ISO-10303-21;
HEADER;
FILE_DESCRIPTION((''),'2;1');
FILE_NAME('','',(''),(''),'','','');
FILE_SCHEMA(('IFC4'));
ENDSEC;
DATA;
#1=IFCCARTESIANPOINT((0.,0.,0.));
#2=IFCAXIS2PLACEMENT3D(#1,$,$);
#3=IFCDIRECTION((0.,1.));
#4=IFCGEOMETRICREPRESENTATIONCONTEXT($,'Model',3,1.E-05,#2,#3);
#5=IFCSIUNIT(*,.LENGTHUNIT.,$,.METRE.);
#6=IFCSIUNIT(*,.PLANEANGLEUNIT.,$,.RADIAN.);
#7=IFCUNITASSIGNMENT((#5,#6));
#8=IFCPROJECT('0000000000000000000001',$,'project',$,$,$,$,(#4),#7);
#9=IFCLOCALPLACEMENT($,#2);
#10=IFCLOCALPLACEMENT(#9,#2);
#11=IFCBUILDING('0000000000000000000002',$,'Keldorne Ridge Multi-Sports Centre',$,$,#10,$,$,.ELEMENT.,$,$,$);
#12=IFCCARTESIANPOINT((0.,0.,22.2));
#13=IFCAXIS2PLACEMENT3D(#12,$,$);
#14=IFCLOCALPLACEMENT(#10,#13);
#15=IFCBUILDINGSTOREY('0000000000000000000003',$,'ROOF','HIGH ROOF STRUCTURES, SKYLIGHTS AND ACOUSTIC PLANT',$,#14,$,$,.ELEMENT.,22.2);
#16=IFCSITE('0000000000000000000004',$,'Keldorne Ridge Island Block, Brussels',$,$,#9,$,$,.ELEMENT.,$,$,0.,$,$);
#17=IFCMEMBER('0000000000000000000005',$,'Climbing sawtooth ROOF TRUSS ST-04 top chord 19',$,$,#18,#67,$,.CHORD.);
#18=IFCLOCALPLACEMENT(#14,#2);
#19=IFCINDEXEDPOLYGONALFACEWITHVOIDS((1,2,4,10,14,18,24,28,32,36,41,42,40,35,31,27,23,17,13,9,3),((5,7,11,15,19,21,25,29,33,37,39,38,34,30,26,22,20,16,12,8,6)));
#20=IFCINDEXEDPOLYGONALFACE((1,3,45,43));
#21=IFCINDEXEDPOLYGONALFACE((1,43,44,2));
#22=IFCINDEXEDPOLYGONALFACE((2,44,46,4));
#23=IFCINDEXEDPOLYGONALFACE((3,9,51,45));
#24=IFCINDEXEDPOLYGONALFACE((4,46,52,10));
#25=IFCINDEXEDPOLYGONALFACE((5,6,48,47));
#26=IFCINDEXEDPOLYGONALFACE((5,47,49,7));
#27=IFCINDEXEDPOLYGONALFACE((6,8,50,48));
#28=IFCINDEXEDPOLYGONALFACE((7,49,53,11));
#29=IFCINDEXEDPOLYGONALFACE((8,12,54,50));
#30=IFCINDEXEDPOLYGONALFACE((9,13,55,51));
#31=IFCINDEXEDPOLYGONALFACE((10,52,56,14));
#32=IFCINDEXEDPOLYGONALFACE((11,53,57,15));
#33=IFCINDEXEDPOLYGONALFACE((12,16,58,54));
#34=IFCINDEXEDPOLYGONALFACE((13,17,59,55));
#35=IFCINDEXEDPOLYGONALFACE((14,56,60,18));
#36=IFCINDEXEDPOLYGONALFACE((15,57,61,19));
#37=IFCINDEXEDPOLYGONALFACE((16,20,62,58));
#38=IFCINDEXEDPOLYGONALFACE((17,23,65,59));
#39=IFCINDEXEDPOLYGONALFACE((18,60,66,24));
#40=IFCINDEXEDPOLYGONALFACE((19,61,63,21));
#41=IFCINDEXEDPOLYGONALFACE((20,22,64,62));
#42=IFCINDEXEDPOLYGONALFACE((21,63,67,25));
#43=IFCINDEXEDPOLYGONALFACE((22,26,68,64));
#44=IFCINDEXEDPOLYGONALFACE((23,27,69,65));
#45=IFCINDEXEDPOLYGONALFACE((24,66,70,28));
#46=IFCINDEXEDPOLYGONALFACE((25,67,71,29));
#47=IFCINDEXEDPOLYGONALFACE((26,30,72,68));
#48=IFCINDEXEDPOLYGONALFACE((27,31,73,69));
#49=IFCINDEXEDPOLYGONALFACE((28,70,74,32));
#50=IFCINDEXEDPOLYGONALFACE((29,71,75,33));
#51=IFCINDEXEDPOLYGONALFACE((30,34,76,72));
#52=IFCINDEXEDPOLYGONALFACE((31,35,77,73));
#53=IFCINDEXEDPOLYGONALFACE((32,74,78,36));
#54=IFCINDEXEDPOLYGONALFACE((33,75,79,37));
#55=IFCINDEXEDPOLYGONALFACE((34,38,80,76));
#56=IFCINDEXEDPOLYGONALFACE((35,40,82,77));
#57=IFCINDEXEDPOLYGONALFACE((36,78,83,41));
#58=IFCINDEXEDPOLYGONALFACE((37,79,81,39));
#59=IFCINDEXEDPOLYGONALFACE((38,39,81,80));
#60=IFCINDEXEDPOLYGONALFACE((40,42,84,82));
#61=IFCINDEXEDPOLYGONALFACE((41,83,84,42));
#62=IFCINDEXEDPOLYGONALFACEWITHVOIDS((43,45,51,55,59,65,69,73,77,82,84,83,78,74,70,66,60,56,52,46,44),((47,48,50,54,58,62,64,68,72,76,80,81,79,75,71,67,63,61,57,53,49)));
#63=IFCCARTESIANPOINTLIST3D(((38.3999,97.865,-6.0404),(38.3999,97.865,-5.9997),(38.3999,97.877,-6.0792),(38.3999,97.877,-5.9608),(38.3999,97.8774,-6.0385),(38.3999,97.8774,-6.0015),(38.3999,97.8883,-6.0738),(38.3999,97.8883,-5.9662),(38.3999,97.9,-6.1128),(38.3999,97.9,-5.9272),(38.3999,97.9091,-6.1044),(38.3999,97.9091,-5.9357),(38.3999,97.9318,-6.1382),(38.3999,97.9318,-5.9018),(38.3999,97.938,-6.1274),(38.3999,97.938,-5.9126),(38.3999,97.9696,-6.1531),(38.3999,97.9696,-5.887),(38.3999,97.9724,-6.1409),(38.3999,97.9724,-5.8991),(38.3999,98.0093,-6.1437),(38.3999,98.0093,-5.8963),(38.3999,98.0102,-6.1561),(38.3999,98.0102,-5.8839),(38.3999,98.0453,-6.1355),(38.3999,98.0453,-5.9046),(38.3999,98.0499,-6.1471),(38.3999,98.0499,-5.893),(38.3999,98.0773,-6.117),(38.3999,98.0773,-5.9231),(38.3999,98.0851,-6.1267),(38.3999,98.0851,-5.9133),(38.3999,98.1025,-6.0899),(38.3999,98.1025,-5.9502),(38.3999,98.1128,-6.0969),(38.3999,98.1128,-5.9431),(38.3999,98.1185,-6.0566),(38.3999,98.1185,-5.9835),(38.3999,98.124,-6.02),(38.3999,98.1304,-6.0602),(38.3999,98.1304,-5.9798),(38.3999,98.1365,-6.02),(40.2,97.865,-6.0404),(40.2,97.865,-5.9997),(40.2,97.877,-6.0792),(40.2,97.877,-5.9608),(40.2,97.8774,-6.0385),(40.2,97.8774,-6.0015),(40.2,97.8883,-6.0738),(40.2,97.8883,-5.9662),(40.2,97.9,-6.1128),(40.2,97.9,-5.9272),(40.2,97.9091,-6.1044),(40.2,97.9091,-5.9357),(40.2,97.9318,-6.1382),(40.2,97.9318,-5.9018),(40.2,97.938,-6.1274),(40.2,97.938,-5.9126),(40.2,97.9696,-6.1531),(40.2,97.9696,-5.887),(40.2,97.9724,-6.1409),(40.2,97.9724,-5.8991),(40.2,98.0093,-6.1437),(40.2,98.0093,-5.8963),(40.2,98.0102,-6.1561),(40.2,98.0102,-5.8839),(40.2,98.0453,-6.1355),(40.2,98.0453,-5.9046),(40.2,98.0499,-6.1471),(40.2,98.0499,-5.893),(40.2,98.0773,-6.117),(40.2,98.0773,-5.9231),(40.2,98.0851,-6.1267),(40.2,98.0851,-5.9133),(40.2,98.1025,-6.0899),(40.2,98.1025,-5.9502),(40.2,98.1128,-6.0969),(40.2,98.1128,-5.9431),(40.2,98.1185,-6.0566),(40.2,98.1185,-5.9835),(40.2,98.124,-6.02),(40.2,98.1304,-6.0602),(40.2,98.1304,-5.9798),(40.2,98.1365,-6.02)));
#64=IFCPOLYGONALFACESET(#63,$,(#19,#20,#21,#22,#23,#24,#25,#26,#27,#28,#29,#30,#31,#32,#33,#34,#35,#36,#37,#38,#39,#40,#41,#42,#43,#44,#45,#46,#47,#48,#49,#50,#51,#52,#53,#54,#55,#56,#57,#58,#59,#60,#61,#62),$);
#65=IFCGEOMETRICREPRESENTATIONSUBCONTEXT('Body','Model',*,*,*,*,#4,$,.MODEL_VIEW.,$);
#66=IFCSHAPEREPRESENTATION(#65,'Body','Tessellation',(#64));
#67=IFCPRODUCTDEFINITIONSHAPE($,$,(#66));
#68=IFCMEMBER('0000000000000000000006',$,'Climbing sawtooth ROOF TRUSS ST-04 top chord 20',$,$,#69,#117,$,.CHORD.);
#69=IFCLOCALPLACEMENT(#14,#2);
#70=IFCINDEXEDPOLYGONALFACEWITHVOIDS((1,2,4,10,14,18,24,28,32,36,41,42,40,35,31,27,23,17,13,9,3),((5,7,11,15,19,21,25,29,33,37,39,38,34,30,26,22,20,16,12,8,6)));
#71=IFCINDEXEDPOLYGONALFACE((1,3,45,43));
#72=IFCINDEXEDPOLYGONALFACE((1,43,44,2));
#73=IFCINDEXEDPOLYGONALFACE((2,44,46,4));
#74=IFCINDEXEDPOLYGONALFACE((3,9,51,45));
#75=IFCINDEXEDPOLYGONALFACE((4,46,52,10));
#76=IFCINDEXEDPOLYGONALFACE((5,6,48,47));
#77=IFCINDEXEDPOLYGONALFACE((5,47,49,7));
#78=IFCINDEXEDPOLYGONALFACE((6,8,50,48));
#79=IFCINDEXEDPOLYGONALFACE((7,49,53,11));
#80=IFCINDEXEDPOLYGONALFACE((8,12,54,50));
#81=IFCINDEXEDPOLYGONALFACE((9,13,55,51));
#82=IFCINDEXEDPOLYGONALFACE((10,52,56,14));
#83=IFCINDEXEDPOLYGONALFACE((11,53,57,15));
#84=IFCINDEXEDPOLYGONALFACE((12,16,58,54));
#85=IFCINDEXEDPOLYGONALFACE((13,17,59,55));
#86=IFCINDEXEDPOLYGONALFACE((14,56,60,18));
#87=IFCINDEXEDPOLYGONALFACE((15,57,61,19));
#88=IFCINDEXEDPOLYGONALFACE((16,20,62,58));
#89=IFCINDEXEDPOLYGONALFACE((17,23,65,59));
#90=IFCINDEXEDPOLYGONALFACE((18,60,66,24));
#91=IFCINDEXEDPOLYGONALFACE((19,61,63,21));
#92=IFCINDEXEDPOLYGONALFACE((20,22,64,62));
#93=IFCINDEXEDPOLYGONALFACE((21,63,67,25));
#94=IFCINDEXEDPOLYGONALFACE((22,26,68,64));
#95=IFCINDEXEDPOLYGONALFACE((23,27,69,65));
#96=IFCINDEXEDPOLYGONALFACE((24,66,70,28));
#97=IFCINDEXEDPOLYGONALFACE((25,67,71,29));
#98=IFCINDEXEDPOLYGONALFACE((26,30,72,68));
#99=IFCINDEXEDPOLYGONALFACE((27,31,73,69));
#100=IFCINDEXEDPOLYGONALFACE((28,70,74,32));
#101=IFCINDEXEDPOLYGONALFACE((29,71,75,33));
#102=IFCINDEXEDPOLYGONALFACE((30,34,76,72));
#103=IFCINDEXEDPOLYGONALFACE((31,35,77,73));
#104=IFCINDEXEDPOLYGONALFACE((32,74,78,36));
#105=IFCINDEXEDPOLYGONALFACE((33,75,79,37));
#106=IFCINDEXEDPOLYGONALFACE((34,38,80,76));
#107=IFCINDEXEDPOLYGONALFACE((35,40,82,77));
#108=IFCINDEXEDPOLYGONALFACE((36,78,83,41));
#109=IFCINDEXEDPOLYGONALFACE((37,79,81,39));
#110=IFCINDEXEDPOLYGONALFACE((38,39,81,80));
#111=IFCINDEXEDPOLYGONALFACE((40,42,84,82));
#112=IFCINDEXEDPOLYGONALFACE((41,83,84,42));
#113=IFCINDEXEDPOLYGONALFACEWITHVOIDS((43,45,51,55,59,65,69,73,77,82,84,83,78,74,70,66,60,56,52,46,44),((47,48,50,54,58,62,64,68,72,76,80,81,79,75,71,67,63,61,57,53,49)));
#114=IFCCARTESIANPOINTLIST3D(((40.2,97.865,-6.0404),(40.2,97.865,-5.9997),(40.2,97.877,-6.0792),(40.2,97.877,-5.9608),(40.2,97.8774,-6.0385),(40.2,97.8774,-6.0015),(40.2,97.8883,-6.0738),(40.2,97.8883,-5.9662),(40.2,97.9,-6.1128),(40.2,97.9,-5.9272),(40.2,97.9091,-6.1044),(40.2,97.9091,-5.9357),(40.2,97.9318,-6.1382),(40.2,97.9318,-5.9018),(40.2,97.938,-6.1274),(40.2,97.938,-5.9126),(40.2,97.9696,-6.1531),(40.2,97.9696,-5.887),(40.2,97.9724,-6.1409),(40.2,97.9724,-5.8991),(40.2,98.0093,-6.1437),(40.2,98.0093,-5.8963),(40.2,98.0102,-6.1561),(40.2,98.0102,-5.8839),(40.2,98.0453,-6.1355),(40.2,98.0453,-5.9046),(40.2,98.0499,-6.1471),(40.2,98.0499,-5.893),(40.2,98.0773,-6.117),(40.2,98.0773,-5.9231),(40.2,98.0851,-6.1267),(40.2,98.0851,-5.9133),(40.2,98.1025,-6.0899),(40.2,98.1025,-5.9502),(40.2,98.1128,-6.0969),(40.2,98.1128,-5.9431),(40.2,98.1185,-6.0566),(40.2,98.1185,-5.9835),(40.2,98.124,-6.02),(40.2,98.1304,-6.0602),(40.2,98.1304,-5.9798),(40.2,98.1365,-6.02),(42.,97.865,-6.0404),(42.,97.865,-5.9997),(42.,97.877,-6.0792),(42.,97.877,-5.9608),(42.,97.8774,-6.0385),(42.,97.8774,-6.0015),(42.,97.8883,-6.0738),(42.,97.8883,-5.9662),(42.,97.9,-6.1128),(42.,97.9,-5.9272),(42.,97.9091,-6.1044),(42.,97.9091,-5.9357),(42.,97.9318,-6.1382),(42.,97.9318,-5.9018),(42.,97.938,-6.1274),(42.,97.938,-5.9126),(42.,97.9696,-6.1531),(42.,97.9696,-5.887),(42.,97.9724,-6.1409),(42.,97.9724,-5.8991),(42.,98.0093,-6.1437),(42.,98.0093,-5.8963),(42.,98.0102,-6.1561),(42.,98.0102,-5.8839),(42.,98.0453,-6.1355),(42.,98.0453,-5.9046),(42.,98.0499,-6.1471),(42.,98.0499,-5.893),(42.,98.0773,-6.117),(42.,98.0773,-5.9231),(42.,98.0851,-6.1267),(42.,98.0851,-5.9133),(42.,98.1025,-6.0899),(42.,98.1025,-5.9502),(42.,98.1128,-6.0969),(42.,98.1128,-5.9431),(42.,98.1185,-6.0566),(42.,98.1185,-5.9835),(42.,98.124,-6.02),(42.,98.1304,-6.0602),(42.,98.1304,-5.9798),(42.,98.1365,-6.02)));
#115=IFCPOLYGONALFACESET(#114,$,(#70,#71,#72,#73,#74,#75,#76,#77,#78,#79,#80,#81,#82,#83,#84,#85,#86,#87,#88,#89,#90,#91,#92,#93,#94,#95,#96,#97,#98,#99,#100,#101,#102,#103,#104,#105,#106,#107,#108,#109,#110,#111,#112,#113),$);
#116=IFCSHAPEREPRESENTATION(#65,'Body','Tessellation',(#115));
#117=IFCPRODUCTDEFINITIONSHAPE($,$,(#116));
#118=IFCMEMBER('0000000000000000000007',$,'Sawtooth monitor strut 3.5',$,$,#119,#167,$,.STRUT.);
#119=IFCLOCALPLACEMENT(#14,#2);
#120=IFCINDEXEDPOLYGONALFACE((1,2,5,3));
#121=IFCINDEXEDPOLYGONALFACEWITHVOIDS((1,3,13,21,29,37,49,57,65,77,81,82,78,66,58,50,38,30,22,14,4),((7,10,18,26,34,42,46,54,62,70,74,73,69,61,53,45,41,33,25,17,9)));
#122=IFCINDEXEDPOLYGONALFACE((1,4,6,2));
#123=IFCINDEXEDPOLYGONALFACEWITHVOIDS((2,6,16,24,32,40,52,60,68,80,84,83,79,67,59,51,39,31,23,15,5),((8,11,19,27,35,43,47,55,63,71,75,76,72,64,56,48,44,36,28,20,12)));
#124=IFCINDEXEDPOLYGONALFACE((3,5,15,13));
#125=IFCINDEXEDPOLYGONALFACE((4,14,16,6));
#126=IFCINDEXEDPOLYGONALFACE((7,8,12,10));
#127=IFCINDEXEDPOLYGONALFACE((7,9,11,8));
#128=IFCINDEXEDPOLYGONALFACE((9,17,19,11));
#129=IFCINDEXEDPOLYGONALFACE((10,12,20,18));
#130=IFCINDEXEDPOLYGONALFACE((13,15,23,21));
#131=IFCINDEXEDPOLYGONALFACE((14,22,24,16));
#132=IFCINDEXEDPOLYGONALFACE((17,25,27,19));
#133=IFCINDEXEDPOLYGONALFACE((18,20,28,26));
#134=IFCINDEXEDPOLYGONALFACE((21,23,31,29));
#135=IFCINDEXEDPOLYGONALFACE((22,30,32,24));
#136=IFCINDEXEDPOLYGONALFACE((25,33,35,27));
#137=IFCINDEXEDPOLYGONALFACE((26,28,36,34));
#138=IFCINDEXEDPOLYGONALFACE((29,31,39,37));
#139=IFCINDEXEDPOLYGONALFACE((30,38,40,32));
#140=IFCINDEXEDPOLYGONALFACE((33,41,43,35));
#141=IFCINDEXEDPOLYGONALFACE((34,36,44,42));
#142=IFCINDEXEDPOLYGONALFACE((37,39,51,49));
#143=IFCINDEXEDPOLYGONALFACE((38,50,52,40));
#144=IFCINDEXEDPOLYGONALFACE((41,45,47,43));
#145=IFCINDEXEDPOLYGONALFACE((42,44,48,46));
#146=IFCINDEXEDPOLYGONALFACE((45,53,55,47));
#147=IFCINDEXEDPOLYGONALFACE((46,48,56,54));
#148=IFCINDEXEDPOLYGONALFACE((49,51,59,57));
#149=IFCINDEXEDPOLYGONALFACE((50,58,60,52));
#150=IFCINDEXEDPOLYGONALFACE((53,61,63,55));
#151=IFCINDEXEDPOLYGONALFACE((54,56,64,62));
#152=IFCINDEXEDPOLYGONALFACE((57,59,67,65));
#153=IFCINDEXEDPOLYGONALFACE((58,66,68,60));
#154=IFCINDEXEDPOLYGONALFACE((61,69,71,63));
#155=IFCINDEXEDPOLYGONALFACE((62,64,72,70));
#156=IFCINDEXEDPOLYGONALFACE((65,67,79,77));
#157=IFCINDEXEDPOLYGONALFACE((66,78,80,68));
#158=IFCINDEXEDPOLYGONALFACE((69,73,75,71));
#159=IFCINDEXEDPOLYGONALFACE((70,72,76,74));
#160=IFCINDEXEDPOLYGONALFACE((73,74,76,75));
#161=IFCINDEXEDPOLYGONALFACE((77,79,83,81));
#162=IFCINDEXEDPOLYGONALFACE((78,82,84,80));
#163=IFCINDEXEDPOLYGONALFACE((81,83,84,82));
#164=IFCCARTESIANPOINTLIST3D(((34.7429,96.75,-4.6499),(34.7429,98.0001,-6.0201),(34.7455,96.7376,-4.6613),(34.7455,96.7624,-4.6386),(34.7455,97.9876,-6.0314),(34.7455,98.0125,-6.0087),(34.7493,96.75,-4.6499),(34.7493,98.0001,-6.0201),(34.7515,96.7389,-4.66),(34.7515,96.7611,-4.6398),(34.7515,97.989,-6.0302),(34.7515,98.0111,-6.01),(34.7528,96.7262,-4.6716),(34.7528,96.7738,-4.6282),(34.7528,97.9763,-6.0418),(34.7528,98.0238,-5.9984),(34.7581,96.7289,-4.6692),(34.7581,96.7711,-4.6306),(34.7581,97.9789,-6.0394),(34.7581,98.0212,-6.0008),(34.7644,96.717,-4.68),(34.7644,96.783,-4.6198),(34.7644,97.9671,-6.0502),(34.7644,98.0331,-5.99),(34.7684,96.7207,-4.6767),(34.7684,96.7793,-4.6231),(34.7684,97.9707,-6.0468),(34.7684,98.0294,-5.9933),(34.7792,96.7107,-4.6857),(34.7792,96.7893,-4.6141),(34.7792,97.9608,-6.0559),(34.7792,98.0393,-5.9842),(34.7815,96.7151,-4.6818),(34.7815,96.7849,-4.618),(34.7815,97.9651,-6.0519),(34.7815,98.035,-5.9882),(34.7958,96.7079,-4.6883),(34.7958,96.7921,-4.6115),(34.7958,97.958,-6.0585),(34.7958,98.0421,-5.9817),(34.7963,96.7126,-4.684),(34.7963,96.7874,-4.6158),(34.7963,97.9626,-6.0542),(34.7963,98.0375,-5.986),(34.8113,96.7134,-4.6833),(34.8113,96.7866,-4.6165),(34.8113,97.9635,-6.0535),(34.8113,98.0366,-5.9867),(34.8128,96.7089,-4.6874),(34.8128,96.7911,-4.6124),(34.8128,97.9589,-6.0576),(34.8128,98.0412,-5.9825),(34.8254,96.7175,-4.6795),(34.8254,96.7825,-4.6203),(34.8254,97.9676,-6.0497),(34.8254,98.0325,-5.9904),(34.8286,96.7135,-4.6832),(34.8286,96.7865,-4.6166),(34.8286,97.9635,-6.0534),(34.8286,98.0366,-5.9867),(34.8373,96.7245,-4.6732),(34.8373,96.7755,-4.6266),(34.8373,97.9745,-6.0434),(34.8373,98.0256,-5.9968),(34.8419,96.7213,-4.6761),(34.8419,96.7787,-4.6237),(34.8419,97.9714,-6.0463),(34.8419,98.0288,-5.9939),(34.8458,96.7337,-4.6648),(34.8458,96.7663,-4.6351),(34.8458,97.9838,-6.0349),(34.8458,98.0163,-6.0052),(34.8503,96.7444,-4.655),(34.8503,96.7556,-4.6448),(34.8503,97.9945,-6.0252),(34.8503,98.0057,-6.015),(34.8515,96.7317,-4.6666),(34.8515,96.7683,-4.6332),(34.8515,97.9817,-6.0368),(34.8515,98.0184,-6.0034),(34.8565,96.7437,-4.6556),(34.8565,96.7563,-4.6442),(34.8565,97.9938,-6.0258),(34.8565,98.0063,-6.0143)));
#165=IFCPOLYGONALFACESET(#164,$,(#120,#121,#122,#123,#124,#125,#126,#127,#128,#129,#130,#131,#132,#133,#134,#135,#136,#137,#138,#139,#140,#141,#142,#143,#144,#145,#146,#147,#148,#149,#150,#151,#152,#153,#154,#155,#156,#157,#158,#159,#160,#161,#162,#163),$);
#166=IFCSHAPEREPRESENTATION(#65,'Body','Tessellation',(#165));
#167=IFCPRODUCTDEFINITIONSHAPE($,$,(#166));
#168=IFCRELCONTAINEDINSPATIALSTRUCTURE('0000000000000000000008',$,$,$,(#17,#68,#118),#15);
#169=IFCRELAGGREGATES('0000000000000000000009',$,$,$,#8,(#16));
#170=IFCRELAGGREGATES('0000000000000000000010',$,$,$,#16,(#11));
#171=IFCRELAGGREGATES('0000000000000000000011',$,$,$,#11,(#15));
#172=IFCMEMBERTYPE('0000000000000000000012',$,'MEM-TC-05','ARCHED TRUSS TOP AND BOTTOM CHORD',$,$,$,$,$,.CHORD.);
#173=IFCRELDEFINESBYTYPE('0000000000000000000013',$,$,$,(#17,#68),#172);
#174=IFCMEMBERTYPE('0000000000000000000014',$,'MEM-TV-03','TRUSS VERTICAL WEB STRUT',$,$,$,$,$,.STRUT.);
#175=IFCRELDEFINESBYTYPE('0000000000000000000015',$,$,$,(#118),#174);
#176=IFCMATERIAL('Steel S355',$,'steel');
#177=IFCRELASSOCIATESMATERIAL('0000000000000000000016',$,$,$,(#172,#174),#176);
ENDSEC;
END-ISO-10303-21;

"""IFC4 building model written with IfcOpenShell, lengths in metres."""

from ifc_helpers import new_model, si_unit, direction, frame, origin, origin_2d, place, context, subcontext, project, spatial, hollow_circle, extrude, material, material_profile, profile_set, type_object, element, save


model = new_model("IFC4")

# Units and contexts
model_context = context("Model", 3, precision=1e-05, world=origin(), true_north=direction((0.0, 1.0)))
body_context = subcontext(model_context, "Body", "Model", "MODEL_VIEW")
ifc_project = project(units=[si_unit("LENGTHUNIT", "METRE"), si_unit("PLANEANGLEUNIT", "RADIAN")], contexts=[model_context])

# Site, building, storey
site_placement = place(None, origin())
site = spatial("IfcSite", under=ifc_project, at=site_placement, Name="Keldorne Ridge Island Block, Brussels", CompositionType="ELEMENT", RefElevation=0.0)
building_placement = place(site_placement, origin())
building = spatial("IfcBuilding", under=site, at=building_placement, Name="Keldorne Ridge Multi-Sports Centre", CompositionType="ELEMENT")
storey_placement = place(building_placement, frame((0.0, 0.0, 22.2)))
storey = spatial("IfcBuildingStorey", under=building, at=storey_placement, Name="ROOF", Description="HIGH ROOF STRUCTURES, SKYLIGHTS AND ACOUSTIC PLANT", CompositionType="ELEMENT", Elevation=22.2)

# Shared definitions
ifc_material_1 = material(Name="Steel S355", Category="steel")

# Members
ifc_material_profile_1 = material_profile(ifc_material_1, hollow_circle(Radius=0.1365, WallThickness=0.0125, at=origin_2d()), Name="CHS 273x12.5")
ifc_profile_set_1 = profile_set([ifc_material_profile_1], Name="Steel S355")
member_type_1 = type_object("IfcMemberType", Name="MEM-TC-05", Description="ARCHED TRUSS TOP AND BOTTOM CHORD", PredefinedType="CHORD", material=ifc_profile_set_1)
for number, where, z_axis, x_axis, name in (
    (1, (38.3999, 98.0, -6.02), (1.0, 0.0, 0.0), (0.0, 1.0, 0.0), "Climbing sawtooth ROOF TRUSS ST-04 top chord 19"),
    (2, (40.2, 98.0, -6.02), (1.0, 0.0, 0.0), (0.0, 1.0, 0.0), "Climbing sawtooth ROOF TRUSS ST-04 top chord 20"),
):
    element("IfcMember", number, at=place(storey_placement, frame(where, z_axis=z_axis, x_axis=x_axis)), inside=storey, type_object=member_type_1, Name=name, PredefinedType="CHORD", context=body_context, shape_type="SweptSolid", body=[
        extrude(hollow_circle(Radius=0.1365, WallThickness=0.0125, at=origin_2d()), origin(), (0.0, 0.0, 1.0), 1.8),
    ])
ifc_material_profile_2 = material_profile(ifc_material_1, hollow_circle(Radius=0.0571, WallThickness=0.0063, at=origin_2d()), Name="CHS 114.3x6.3")
ifc_profile_set_2 = profile_set([ifc_material_profile_2], Name="Steel S355")
member_type_2 = type_object("IfcMemberType", Name="MEM-TV-03", Description="TRUSS VERTICAL WEB STRUT", PredefinedType="STRUT", material=ifc_profile_set_2)
member_1_placement = place(storey_placement, frame((34.8, 96.75, -4.6499), z_axis=(0.0, 0.673982, -0.738748), x_axis=(-1.0, 0.0, 0.0)))
element("IfcMember", 3, at=member_1_placement, inside=storey, type_object=member_type_2, Name="Sawtooth monitor strut 3.5", PredefinedType="STRUT", context=body_context, shape_type="SweptSolid", body=[
    extrude(hollow_circle(Radius=0.0571, WallThickness=0.0063, at=origin_2d()), origin(), (0.0, 0.0, 1.0), 1.8547),
])

save(model, "model.ifc")
